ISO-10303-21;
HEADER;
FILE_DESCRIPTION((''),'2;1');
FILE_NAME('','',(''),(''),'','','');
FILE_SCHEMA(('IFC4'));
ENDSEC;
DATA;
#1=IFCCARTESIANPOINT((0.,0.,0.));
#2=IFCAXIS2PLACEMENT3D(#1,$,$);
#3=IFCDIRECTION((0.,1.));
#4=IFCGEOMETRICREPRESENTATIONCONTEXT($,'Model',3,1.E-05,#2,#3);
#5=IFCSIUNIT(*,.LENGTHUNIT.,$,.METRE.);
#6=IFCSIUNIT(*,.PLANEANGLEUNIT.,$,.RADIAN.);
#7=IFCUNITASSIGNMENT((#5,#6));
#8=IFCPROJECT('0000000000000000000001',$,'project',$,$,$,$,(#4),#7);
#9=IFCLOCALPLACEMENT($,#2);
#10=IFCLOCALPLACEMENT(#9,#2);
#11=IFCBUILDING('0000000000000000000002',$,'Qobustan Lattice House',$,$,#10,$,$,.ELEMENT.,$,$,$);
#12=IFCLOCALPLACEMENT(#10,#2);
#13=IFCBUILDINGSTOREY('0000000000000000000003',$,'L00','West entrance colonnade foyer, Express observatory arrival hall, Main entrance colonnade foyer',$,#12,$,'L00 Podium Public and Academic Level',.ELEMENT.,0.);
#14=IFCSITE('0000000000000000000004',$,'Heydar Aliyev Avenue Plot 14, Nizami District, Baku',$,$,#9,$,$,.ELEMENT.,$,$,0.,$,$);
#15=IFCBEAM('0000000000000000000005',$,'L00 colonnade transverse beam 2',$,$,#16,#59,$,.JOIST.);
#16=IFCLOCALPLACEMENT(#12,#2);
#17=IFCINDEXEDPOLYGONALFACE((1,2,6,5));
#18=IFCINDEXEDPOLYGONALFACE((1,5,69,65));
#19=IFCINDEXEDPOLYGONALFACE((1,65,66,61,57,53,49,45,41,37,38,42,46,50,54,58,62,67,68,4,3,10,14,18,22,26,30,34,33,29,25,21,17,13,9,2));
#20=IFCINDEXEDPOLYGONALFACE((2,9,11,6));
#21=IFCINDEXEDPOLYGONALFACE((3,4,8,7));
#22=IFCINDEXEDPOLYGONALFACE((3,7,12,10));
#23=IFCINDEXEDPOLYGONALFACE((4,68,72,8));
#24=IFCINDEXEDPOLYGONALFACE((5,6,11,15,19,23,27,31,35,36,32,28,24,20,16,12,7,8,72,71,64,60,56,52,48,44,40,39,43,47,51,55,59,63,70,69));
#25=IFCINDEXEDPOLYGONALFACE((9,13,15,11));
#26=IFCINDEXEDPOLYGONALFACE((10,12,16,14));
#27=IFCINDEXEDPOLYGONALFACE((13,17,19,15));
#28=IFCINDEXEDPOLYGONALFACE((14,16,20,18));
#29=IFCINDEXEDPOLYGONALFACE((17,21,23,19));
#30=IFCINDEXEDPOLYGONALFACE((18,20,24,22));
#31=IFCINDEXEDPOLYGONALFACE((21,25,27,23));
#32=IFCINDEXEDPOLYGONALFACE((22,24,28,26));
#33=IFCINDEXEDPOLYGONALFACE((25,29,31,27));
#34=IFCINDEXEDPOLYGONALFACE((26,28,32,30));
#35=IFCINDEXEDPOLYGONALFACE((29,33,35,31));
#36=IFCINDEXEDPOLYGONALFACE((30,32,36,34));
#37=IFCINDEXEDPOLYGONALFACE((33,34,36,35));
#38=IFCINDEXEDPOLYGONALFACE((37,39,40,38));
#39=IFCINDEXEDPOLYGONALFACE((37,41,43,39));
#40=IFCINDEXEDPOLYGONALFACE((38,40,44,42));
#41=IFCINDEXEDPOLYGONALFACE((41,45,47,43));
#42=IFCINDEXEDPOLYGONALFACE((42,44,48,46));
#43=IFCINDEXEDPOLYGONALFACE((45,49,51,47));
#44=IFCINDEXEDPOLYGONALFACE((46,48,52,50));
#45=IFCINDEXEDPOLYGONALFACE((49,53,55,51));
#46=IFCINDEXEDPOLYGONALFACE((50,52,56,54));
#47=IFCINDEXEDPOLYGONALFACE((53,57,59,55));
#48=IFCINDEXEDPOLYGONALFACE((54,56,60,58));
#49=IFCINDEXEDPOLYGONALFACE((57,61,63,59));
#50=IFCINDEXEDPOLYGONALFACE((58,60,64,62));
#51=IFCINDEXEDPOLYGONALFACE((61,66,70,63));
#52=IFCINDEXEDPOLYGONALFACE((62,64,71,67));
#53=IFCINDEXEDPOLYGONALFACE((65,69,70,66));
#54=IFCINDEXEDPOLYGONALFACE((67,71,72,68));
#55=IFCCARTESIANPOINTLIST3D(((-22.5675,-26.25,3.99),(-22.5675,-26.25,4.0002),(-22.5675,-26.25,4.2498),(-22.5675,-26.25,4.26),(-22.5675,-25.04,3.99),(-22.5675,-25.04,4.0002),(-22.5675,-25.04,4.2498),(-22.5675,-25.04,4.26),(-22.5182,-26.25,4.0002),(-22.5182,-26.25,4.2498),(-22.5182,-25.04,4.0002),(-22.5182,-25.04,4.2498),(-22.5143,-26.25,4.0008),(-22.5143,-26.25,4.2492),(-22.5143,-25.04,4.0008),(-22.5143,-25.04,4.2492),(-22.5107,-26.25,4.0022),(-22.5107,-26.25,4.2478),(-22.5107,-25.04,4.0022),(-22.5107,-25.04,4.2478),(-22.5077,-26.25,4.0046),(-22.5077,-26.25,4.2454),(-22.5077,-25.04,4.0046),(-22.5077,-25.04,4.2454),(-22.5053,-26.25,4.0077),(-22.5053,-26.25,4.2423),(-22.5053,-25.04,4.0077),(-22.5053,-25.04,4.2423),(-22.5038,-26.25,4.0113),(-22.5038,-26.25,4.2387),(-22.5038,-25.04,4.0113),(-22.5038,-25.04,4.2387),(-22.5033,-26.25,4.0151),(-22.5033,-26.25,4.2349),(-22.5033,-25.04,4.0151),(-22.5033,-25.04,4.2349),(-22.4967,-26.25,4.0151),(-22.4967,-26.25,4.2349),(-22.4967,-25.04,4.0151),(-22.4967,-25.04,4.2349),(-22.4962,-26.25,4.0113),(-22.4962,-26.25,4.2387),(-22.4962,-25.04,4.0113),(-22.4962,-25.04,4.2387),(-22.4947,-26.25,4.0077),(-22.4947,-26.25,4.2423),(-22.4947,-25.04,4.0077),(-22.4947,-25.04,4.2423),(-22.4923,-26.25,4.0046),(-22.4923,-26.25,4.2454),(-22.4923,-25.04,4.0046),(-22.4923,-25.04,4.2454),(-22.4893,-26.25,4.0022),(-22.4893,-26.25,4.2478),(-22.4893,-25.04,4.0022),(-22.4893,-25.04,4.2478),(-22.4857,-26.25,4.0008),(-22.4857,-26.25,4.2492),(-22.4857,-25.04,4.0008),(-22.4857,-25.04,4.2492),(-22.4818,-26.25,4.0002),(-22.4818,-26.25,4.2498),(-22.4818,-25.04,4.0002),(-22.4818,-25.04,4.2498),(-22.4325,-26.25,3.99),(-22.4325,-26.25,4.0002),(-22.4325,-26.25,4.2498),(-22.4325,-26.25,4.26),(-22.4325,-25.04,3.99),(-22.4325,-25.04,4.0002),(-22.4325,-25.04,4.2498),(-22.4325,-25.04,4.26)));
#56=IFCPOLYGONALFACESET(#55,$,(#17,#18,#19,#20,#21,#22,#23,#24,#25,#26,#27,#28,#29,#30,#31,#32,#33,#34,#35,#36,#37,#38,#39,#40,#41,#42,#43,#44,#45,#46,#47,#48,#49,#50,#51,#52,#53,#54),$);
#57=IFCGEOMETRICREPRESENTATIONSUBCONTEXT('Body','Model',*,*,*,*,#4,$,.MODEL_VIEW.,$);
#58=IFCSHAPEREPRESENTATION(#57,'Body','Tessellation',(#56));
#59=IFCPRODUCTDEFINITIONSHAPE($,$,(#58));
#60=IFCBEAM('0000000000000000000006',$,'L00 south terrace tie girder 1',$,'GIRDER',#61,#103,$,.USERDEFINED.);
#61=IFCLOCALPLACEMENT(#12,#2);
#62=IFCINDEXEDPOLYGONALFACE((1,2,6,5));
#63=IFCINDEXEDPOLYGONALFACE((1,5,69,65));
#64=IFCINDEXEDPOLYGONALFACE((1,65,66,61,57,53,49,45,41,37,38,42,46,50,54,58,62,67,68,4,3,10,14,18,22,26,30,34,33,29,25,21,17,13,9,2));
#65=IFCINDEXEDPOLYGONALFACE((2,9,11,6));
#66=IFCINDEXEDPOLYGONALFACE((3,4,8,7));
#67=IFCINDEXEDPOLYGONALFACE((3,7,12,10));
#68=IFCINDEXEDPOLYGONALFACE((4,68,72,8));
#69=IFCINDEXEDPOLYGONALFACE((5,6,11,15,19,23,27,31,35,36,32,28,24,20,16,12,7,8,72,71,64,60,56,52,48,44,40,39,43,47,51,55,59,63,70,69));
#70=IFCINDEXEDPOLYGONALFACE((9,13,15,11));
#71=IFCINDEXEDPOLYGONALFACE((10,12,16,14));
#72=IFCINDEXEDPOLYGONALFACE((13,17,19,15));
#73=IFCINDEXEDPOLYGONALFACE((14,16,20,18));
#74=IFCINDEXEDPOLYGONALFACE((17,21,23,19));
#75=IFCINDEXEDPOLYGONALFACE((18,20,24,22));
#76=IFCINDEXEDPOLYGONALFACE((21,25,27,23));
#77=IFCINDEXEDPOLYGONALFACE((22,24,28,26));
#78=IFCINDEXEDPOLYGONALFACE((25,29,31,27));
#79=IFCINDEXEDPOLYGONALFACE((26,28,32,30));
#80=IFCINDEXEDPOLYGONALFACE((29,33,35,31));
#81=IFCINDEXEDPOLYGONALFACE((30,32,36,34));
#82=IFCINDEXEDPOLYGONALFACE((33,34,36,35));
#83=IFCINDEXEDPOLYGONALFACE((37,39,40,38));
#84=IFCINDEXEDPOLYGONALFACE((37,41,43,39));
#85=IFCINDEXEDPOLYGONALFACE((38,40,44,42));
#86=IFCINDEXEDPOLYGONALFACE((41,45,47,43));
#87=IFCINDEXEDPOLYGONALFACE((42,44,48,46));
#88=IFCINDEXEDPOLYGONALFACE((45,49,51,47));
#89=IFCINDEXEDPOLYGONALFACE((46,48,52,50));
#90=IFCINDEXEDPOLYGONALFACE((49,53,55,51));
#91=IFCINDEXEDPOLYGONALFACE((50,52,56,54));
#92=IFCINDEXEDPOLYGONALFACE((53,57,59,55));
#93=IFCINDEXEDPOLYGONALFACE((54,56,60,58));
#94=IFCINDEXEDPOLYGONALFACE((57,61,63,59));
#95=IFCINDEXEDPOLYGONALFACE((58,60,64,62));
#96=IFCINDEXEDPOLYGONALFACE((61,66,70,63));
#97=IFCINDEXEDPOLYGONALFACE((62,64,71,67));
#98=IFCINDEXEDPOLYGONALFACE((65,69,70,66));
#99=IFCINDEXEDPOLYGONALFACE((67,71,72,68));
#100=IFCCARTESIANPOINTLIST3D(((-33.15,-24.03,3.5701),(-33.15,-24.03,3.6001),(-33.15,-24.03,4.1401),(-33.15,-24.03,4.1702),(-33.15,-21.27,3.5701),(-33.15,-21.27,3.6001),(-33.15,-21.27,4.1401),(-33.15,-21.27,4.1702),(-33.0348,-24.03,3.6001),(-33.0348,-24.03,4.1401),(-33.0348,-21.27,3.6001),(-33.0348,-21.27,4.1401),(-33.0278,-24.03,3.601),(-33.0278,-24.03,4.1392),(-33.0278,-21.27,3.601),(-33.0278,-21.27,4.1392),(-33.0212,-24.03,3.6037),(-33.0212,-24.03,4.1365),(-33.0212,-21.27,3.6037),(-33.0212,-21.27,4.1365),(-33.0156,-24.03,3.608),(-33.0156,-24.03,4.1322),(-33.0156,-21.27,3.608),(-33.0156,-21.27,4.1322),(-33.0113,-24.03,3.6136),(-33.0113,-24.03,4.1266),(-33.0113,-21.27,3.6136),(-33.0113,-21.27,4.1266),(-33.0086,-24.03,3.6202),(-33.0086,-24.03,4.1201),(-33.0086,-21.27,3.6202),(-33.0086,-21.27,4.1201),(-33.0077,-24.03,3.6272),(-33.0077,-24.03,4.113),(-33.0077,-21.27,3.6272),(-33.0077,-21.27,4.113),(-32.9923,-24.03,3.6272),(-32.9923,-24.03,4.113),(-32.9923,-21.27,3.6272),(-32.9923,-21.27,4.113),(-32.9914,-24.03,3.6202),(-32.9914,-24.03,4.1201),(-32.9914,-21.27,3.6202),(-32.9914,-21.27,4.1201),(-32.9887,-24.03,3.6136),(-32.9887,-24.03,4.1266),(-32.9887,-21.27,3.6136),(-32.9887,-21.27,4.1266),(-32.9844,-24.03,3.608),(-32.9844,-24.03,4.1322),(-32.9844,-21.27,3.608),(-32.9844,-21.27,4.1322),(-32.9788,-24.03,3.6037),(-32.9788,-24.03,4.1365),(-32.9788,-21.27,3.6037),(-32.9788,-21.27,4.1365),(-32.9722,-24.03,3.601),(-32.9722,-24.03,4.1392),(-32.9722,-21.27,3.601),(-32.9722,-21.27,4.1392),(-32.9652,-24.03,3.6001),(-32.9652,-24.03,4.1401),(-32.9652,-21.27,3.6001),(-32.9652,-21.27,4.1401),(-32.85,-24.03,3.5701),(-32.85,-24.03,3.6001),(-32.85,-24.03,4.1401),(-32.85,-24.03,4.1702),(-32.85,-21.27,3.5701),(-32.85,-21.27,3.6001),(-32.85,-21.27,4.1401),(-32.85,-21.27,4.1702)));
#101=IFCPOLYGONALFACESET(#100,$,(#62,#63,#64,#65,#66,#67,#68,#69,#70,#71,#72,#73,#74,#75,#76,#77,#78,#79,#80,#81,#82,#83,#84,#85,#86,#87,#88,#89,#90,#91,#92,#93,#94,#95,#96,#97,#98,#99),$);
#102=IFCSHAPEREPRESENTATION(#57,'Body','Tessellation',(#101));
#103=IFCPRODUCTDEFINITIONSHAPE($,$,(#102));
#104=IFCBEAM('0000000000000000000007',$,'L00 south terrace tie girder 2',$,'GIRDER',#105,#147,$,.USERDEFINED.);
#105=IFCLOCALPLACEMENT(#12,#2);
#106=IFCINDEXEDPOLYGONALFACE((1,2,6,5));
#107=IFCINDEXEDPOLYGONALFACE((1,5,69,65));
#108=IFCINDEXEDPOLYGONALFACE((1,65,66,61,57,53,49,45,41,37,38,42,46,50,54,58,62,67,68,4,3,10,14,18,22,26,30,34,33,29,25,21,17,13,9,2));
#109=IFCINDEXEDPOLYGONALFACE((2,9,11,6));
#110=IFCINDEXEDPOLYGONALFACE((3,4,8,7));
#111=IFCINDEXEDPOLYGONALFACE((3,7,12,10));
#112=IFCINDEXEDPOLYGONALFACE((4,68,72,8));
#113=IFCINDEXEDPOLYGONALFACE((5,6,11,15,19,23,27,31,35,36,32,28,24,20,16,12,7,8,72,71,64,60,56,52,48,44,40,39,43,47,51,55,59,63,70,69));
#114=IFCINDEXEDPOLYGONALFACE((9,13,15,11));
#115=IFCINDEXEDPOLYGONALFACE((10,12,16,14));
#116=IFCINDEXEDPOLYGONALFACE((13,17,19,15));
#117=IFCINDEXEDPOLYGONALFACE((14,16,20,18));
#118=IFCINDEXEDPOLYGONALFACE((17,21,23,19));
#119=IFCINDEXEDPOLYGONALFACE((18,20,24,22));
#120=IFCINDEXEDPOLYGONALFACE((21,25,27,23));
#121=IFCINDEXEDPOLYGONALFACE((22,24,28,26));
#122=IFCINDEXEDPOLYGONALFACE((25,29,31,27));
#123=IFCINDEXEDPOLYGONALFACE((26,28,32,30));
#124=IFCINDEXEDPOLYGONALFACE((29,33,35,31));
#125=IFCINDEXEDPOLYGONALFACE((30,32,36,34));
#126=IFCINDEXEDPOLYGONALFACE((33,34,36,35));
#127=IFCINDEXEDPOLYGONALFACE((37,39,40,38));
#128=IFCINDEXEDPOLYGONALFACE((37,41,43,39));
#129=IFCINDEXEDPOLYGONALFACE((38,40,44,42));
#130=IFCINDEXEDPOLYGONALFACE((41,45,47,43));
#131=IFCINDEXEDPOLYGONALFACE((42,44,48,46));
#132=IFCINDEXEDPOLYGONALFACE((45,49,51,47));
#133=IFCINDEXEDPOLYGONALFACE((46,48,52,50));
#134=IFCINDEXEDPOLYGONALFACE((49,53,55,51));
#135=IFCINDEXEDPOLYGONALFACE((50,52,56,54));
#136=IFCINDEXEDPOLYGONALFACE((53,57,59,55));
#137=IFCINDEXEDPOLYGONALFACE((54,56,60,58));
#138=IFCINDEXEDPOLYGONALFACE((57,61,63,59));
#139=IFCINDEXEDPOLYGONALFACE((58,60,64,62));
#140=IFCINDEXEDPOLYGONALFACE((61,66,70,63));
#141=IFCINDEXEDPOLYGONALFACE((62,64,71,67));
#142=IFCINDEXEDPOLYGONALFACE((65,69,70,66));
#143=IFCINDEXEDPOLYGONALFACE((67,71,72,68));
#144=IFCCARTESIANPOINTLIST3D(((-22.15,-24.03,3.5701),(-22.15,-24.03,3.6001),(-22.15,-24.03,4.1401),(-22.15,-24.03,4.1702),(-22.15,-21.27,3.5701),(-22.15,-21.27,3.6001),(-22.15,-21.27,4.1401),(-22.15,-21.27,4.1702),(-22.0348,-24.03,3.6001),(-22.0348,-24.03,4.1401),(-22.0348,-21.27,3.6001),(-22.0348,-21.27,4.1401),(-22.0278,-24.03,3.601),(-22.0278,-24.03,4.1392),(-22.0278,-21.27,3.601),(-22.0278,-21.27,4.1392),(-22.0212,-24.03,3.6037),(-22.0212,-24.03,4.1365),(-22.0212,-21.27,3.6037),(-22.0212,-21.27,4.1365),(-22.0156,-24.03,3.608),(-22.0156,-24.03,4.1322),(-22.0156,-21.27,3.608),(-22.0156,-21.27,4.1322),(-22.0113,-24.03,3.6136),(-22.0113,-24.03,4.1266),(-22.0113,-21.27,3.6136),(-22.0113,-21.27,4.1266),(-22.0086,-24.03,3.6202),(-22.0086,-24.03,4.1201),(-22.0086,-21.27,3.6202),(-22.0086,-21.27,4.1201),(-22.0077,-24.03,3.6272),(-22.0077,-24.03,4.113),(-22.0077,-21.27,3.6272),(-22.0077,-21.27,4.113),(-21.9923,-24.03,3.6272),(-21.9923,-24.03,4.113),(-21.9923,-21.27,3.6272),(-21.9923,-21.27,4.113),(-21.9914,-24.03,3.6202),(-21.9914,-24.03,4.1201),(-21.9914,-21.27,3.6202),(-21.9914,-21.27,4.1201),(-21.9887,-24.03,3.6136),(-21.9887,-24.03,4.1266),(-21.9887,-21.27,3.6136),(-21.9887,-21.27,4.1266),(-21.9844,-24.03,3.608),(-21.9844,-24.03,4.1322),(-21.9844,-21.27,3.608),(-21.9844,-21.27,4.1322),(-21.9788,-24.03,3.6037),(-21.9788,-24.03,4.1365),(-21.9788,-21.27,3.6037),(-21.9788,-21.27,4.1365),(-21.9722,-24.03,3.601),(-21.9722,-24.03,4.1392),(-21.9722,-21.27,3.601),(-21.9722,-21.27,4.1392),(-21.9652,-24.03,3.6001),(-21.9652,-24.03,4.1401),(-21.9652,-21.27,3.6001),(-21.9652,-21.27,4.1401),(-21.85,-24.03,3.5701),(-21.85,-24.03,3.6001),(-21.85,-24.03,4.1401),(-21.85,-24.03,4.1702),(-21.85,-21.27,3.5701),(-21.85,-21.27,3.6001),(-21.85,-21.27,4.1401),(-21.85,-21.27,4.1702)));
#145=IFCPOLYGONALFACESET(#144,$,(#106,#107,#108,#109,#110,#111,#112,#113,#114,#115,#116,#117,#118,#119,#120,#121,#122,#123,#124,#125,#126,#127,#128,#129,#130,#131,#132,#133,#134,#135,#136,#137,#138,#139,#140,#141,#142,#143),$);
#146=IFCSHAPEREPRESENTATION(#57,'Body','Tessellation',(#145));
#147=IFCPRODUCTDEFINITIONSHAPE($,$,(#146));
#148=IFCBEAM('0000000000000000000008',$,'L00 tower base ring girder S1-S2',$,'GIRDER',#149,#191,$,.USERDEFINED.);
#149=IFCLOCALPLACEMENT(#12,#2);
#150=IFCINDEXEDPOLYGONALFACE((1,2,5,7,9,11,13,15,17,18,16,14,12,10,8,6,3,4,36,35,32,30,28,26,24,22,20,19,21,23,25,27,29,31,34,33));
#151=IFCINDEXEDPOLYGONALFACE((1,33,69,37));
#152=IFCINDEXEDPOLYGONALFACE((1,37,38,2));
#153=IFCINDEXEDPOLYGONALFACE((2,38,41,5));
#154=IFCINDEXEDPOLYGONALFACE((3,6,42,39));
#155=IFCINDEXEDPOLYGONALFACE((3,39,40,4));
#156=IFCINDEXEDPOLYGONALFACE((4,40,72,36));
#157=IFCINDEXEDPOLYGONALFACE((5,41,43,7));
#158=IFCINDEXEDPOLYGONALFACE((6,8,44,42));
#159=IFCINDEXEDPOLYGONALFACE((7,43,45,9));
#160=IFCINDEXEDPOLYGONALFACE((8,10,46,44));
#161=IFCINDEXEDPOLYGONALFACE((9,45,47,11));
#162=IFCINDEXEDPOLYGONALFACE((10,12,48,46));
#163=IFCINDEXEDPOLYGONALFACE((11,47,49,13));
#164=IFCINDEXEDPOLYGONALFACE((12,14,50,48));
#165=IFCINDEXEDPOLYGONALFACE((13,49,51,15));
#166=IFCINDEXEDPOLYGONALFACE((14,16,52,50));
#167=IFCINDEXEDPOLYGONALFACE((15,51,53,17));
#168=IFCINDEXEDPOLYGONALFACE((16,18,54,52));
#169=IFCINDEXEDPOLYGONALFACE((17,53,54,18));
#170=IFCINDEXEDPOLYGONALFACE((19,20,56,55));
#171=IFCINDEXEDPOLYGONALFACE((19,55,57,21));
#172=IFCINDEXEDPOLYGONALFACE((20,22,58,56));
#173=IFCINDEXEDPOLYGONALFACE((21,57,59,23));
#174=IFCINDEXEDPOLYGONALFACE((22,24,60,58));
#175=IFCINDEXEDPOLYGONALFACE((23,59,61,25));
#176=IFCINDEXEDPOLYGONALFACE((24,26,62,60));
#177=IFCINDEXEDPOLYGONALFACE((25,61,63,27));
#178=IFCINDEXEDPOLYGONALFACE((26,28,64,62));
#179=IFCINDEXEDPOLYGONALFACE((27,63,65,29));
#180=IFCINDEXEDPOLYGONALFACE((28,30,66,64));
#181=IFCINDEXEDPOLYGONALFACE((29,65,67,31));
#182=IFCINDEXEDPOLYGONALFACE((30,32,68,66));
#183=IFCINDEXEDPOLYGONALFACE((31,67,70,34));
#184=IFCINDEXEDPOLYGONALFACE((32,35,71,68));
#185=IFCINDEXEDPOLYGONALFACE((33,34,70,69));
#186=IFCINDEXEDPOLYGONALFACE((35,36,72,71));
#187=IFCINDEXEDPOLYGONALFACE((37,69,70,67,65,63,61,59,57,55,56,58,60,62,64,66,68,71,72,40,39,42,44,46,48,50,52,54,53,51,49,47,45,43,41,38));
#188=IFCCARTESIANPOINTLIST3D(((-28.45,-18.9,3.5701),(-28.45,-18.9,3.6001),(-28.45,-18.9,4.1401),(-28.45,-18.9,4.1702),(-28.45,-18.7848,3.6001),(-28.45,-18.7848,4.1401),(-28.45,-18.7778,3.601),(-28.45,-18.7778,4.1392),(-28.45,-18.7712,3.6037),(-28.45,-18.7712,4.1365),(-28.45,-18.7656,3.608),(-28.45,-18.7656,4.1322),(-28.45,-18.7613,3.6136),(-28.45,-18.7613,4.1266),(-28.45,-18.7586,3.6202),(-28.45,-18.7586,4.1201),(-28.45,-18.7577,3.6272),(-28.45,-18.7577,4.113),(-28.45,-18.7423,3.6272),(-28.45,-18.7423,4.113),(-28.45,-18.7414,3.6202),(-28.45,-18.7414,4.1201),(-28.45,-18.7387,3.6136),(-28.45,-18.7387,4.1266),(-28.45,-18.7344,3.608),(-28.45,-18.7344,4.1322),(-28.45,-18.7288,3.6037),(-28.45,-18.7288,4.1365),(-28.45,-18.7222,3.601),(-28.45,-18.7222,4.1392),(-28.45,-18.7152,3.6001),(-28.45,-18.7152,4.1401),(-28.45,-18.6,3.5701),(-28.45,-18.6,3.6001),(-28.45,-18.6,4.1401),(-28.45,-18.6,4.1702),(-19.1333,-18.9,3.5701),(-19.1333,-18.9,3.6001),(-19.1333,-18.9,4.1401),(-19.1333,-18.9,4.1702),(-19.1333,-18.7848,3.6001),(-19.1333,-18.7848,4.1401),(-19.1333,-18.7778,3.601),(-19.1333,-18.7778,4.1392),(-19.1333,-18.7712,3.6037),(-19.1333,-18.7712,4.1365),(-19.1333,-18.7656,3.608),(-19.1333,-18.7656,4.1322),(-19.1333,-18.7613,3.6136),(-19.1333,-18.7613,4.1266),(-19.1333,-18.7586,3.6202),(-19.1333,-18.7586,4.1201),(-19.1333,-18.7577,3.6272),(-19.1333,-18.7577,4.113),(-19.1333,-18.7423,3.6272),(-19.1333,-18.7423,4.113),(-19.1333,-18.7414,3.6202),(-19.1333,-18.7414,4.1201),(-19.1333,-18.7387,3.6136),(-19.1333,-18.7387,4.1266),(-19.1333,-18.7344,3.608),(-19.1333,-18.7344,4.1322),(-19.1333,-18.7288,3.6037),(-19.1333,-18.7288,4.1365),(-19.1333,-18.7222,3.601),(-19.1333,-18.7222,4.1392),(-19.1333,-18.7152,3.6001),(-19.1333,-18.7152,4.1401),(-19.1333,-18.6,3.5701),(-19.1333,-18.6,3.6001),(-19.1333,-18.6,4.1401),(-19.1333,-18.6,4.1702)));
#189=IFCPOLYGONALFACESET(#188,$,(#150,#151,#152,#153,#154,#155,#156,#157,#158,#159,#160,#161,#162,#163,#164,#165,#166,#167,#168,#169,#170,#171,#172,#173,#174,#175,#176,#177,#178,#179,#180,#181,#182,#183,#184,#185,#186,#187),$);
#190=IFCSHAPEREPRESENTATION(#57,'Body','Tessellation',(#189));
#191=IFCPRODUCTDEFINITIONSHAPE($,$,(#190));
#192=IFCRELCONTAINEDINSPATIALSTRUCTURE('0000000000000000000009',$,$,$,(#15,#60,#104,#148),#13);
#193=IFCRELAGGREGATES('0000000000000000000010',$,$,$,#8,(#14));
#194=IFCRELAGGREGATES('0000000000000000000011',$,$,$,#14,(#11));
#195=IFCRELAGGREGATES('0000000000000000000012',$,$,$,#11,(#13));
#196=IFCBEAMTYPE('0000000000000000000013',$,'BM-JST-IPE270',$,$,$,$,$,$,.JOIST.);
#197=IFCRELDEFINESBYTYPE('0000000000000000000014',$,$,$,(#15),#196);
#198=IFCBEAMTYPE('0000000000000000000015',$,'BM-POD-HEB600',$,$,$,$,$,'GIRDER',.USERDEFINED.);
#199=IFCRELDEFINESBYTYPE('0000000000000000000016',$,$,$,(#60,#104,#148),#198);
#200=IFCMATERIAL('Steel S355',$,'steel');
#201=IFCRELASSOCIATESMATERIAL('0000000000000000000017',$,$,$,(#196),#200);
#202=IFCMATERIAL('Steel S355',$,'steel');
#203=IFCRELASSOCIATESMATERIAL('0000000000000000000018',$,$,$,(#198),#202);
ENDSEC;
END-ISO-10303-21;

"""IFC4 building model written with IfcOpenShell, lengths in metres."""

from ifc_helpers import new_model, si_unit, direction, frame, origin, origin_2d, place, context, subcontext, project, spatial, i_section, extrude, material, material_profile, profile_set, type_object, element, save


model = new_model("IFC4")

# Units and contexts
model_context = context("Model", 3, precision=1e-05, world=origin(), true_north=direction((0.0, 1.0)))
body_context = subcontext(model_context, "Body", "Model", "MODEL_VIEW")
ifc_project = project(units=[si_unit("LENGTHUNIT", "METRE"), si_unit("PLANEANGLEUNIT", "RADIAN")], contexts=[model_context])

# Site, building, storey
site_placement = place(None, origin())
site = spatial("IfcSite", under=ifc_project, at=site_placement, Name="Heydar Aliyev Avenue Plot 14, Nizami District, Baku", CompositionType="ELEMENT", RefElevation=0.0)
building_placement = place(site_placement, origin())
building = spatial("IfcBuilding", under=site, at=building_placement, Name="Qobustan Lattice House", CompositionType="ELEMENT")
storey_placement = place(building_placement, origin())
storey = spatial("IfcBuildingStorey", under=building, at=storey_placement, Name="L00", Description="West entrance colonnade foyer, Express observatory arrival hall, Main entrance colonnade foyer", LongName="L00 Podium Public and Academic Level", CompositionType="ELEMENT", Elevation=0.0)

# Beams
ifc_material_1 = material(Name="Steel S355", Category="steel")
ifc_material_profile_1 = material_profile(ifc_material_1, i_section(OverallWidth=0.135, OverallDepth=0.27, WebThickness=0.0066, FlangeThickness=0.0103, FilletRadius=0.0149, at=origin_2d()), Name="IPE270")
ifc_profile_set_1 = profile_set([ifc_material_profile_1], Name="Steel S355")
beam_type_1 = type_object("IfcBeamType", Name="BM-JST-IPE270", PredefinedType="JOIST", material=ifc_profile_set_1)
for number, where, z_axis, x_axis, name in (
    (1, (-22.5, -26.25, 4.125), (0.0, 1.0, 0.0), (-1.0, 0.0, 0.0), "L00 colonnade transverse beam 2"),
):
    element("IfcBeam", number, at=place(storey_placement, frame(where, z_axis=z_axis, x_axis=x_axis)), inside=storey, type_object=beam_type_1, Name=name, PredefinedType="JOIST", context=body_context, shape_type="SweptSolid", body=[
        extrude(i_section(OverallWidth=0.135, OverallDepth=0.27, WebThickness=0.0066, FlangeThickness=0.0103, FilletRadius=0.0149, at=origin_2d()), origin(), (0.0, 0.0, 1.0), 1.21),
    ])
ifc_material_2 = material(Name="Steel S355", Category="steel")
ifc_material_profile_2 = material_profile(ifc_material_2, i_section(OverallWidth=0.3, OverallDepth=0.6001, WebThickness=0.0154, FlangeThickness=0.03, FilletRadius=0.0271, at=origin_2d()), Name="HEB600")
ifc_profile_set_2 = profile_set([ifc_material_profile_2], Name="Steel S355")
beam_type_2 = type_object("IfcBeamType", Name="BM-POD-HEB600", ElementType="GIRDER", PredefinedType="USERDEFINED", material=ifc_profile_set_2)
for number, where, z_axis, x_axis, name in (
    (2, (-33.0, -24.03, 3.8701), (0.0, 1.0, 0.0), (-1.0, 0.0, 0.0), "L00 south terrace tie girder 1"),
    (3, (-22.0, -24.03, 3.8701), (0.0, 1.0, 0.0), (-1.0, 0.0, 0.0), "L00 south terrace tie girder 2"),
):
    element("IfcBeam", number, at=place(storey_placement, frame(where, z_axis=z_axis, x_axis=x_axis)), inside=storey, type_object=beam_type_2, Name=name, ObjectType="GIRDER", PredefinedType="USERDEFINED", context=body_context, shape_type="SweptSolid", body=[
        extrude(i_section(OverallWidth=0.3, OverallDepth=0.6001, WebThickness=0.0154, FlangeThickness=0.03, FilletRadius=0.0271, at=origin_2d()), origin(), (0.0, 0.0, 1.0), 2.76),
    ])
beam_1_placement = place(storey_placement, frame((-28.45, -18.75, 3.8701), z_axis=(1.0, 0.0, 0.0), x_axis=(0.0, 1.0, 0.0)))
element("IfcBeam", 4, at=beam_1_placement, inside=storey, type_object=beam_type_2, Name="L00 tower base ring girder S1-S2", ObjectType="GIRDER", PredefinedType="USERDEFINED", context=body_context, shape_type="SweptSolid", body=[
    extrude(i_section(OverallWidth=0.3, OverallDepth=0.6001, WebThickness=0.0154, FlangeThickness=0.03, FilletRadius=0.0271, at=origin_2d()), origin(), (0.0, 0.0, 1.0), 9.3167),
])

save(model, "model.ifc")
